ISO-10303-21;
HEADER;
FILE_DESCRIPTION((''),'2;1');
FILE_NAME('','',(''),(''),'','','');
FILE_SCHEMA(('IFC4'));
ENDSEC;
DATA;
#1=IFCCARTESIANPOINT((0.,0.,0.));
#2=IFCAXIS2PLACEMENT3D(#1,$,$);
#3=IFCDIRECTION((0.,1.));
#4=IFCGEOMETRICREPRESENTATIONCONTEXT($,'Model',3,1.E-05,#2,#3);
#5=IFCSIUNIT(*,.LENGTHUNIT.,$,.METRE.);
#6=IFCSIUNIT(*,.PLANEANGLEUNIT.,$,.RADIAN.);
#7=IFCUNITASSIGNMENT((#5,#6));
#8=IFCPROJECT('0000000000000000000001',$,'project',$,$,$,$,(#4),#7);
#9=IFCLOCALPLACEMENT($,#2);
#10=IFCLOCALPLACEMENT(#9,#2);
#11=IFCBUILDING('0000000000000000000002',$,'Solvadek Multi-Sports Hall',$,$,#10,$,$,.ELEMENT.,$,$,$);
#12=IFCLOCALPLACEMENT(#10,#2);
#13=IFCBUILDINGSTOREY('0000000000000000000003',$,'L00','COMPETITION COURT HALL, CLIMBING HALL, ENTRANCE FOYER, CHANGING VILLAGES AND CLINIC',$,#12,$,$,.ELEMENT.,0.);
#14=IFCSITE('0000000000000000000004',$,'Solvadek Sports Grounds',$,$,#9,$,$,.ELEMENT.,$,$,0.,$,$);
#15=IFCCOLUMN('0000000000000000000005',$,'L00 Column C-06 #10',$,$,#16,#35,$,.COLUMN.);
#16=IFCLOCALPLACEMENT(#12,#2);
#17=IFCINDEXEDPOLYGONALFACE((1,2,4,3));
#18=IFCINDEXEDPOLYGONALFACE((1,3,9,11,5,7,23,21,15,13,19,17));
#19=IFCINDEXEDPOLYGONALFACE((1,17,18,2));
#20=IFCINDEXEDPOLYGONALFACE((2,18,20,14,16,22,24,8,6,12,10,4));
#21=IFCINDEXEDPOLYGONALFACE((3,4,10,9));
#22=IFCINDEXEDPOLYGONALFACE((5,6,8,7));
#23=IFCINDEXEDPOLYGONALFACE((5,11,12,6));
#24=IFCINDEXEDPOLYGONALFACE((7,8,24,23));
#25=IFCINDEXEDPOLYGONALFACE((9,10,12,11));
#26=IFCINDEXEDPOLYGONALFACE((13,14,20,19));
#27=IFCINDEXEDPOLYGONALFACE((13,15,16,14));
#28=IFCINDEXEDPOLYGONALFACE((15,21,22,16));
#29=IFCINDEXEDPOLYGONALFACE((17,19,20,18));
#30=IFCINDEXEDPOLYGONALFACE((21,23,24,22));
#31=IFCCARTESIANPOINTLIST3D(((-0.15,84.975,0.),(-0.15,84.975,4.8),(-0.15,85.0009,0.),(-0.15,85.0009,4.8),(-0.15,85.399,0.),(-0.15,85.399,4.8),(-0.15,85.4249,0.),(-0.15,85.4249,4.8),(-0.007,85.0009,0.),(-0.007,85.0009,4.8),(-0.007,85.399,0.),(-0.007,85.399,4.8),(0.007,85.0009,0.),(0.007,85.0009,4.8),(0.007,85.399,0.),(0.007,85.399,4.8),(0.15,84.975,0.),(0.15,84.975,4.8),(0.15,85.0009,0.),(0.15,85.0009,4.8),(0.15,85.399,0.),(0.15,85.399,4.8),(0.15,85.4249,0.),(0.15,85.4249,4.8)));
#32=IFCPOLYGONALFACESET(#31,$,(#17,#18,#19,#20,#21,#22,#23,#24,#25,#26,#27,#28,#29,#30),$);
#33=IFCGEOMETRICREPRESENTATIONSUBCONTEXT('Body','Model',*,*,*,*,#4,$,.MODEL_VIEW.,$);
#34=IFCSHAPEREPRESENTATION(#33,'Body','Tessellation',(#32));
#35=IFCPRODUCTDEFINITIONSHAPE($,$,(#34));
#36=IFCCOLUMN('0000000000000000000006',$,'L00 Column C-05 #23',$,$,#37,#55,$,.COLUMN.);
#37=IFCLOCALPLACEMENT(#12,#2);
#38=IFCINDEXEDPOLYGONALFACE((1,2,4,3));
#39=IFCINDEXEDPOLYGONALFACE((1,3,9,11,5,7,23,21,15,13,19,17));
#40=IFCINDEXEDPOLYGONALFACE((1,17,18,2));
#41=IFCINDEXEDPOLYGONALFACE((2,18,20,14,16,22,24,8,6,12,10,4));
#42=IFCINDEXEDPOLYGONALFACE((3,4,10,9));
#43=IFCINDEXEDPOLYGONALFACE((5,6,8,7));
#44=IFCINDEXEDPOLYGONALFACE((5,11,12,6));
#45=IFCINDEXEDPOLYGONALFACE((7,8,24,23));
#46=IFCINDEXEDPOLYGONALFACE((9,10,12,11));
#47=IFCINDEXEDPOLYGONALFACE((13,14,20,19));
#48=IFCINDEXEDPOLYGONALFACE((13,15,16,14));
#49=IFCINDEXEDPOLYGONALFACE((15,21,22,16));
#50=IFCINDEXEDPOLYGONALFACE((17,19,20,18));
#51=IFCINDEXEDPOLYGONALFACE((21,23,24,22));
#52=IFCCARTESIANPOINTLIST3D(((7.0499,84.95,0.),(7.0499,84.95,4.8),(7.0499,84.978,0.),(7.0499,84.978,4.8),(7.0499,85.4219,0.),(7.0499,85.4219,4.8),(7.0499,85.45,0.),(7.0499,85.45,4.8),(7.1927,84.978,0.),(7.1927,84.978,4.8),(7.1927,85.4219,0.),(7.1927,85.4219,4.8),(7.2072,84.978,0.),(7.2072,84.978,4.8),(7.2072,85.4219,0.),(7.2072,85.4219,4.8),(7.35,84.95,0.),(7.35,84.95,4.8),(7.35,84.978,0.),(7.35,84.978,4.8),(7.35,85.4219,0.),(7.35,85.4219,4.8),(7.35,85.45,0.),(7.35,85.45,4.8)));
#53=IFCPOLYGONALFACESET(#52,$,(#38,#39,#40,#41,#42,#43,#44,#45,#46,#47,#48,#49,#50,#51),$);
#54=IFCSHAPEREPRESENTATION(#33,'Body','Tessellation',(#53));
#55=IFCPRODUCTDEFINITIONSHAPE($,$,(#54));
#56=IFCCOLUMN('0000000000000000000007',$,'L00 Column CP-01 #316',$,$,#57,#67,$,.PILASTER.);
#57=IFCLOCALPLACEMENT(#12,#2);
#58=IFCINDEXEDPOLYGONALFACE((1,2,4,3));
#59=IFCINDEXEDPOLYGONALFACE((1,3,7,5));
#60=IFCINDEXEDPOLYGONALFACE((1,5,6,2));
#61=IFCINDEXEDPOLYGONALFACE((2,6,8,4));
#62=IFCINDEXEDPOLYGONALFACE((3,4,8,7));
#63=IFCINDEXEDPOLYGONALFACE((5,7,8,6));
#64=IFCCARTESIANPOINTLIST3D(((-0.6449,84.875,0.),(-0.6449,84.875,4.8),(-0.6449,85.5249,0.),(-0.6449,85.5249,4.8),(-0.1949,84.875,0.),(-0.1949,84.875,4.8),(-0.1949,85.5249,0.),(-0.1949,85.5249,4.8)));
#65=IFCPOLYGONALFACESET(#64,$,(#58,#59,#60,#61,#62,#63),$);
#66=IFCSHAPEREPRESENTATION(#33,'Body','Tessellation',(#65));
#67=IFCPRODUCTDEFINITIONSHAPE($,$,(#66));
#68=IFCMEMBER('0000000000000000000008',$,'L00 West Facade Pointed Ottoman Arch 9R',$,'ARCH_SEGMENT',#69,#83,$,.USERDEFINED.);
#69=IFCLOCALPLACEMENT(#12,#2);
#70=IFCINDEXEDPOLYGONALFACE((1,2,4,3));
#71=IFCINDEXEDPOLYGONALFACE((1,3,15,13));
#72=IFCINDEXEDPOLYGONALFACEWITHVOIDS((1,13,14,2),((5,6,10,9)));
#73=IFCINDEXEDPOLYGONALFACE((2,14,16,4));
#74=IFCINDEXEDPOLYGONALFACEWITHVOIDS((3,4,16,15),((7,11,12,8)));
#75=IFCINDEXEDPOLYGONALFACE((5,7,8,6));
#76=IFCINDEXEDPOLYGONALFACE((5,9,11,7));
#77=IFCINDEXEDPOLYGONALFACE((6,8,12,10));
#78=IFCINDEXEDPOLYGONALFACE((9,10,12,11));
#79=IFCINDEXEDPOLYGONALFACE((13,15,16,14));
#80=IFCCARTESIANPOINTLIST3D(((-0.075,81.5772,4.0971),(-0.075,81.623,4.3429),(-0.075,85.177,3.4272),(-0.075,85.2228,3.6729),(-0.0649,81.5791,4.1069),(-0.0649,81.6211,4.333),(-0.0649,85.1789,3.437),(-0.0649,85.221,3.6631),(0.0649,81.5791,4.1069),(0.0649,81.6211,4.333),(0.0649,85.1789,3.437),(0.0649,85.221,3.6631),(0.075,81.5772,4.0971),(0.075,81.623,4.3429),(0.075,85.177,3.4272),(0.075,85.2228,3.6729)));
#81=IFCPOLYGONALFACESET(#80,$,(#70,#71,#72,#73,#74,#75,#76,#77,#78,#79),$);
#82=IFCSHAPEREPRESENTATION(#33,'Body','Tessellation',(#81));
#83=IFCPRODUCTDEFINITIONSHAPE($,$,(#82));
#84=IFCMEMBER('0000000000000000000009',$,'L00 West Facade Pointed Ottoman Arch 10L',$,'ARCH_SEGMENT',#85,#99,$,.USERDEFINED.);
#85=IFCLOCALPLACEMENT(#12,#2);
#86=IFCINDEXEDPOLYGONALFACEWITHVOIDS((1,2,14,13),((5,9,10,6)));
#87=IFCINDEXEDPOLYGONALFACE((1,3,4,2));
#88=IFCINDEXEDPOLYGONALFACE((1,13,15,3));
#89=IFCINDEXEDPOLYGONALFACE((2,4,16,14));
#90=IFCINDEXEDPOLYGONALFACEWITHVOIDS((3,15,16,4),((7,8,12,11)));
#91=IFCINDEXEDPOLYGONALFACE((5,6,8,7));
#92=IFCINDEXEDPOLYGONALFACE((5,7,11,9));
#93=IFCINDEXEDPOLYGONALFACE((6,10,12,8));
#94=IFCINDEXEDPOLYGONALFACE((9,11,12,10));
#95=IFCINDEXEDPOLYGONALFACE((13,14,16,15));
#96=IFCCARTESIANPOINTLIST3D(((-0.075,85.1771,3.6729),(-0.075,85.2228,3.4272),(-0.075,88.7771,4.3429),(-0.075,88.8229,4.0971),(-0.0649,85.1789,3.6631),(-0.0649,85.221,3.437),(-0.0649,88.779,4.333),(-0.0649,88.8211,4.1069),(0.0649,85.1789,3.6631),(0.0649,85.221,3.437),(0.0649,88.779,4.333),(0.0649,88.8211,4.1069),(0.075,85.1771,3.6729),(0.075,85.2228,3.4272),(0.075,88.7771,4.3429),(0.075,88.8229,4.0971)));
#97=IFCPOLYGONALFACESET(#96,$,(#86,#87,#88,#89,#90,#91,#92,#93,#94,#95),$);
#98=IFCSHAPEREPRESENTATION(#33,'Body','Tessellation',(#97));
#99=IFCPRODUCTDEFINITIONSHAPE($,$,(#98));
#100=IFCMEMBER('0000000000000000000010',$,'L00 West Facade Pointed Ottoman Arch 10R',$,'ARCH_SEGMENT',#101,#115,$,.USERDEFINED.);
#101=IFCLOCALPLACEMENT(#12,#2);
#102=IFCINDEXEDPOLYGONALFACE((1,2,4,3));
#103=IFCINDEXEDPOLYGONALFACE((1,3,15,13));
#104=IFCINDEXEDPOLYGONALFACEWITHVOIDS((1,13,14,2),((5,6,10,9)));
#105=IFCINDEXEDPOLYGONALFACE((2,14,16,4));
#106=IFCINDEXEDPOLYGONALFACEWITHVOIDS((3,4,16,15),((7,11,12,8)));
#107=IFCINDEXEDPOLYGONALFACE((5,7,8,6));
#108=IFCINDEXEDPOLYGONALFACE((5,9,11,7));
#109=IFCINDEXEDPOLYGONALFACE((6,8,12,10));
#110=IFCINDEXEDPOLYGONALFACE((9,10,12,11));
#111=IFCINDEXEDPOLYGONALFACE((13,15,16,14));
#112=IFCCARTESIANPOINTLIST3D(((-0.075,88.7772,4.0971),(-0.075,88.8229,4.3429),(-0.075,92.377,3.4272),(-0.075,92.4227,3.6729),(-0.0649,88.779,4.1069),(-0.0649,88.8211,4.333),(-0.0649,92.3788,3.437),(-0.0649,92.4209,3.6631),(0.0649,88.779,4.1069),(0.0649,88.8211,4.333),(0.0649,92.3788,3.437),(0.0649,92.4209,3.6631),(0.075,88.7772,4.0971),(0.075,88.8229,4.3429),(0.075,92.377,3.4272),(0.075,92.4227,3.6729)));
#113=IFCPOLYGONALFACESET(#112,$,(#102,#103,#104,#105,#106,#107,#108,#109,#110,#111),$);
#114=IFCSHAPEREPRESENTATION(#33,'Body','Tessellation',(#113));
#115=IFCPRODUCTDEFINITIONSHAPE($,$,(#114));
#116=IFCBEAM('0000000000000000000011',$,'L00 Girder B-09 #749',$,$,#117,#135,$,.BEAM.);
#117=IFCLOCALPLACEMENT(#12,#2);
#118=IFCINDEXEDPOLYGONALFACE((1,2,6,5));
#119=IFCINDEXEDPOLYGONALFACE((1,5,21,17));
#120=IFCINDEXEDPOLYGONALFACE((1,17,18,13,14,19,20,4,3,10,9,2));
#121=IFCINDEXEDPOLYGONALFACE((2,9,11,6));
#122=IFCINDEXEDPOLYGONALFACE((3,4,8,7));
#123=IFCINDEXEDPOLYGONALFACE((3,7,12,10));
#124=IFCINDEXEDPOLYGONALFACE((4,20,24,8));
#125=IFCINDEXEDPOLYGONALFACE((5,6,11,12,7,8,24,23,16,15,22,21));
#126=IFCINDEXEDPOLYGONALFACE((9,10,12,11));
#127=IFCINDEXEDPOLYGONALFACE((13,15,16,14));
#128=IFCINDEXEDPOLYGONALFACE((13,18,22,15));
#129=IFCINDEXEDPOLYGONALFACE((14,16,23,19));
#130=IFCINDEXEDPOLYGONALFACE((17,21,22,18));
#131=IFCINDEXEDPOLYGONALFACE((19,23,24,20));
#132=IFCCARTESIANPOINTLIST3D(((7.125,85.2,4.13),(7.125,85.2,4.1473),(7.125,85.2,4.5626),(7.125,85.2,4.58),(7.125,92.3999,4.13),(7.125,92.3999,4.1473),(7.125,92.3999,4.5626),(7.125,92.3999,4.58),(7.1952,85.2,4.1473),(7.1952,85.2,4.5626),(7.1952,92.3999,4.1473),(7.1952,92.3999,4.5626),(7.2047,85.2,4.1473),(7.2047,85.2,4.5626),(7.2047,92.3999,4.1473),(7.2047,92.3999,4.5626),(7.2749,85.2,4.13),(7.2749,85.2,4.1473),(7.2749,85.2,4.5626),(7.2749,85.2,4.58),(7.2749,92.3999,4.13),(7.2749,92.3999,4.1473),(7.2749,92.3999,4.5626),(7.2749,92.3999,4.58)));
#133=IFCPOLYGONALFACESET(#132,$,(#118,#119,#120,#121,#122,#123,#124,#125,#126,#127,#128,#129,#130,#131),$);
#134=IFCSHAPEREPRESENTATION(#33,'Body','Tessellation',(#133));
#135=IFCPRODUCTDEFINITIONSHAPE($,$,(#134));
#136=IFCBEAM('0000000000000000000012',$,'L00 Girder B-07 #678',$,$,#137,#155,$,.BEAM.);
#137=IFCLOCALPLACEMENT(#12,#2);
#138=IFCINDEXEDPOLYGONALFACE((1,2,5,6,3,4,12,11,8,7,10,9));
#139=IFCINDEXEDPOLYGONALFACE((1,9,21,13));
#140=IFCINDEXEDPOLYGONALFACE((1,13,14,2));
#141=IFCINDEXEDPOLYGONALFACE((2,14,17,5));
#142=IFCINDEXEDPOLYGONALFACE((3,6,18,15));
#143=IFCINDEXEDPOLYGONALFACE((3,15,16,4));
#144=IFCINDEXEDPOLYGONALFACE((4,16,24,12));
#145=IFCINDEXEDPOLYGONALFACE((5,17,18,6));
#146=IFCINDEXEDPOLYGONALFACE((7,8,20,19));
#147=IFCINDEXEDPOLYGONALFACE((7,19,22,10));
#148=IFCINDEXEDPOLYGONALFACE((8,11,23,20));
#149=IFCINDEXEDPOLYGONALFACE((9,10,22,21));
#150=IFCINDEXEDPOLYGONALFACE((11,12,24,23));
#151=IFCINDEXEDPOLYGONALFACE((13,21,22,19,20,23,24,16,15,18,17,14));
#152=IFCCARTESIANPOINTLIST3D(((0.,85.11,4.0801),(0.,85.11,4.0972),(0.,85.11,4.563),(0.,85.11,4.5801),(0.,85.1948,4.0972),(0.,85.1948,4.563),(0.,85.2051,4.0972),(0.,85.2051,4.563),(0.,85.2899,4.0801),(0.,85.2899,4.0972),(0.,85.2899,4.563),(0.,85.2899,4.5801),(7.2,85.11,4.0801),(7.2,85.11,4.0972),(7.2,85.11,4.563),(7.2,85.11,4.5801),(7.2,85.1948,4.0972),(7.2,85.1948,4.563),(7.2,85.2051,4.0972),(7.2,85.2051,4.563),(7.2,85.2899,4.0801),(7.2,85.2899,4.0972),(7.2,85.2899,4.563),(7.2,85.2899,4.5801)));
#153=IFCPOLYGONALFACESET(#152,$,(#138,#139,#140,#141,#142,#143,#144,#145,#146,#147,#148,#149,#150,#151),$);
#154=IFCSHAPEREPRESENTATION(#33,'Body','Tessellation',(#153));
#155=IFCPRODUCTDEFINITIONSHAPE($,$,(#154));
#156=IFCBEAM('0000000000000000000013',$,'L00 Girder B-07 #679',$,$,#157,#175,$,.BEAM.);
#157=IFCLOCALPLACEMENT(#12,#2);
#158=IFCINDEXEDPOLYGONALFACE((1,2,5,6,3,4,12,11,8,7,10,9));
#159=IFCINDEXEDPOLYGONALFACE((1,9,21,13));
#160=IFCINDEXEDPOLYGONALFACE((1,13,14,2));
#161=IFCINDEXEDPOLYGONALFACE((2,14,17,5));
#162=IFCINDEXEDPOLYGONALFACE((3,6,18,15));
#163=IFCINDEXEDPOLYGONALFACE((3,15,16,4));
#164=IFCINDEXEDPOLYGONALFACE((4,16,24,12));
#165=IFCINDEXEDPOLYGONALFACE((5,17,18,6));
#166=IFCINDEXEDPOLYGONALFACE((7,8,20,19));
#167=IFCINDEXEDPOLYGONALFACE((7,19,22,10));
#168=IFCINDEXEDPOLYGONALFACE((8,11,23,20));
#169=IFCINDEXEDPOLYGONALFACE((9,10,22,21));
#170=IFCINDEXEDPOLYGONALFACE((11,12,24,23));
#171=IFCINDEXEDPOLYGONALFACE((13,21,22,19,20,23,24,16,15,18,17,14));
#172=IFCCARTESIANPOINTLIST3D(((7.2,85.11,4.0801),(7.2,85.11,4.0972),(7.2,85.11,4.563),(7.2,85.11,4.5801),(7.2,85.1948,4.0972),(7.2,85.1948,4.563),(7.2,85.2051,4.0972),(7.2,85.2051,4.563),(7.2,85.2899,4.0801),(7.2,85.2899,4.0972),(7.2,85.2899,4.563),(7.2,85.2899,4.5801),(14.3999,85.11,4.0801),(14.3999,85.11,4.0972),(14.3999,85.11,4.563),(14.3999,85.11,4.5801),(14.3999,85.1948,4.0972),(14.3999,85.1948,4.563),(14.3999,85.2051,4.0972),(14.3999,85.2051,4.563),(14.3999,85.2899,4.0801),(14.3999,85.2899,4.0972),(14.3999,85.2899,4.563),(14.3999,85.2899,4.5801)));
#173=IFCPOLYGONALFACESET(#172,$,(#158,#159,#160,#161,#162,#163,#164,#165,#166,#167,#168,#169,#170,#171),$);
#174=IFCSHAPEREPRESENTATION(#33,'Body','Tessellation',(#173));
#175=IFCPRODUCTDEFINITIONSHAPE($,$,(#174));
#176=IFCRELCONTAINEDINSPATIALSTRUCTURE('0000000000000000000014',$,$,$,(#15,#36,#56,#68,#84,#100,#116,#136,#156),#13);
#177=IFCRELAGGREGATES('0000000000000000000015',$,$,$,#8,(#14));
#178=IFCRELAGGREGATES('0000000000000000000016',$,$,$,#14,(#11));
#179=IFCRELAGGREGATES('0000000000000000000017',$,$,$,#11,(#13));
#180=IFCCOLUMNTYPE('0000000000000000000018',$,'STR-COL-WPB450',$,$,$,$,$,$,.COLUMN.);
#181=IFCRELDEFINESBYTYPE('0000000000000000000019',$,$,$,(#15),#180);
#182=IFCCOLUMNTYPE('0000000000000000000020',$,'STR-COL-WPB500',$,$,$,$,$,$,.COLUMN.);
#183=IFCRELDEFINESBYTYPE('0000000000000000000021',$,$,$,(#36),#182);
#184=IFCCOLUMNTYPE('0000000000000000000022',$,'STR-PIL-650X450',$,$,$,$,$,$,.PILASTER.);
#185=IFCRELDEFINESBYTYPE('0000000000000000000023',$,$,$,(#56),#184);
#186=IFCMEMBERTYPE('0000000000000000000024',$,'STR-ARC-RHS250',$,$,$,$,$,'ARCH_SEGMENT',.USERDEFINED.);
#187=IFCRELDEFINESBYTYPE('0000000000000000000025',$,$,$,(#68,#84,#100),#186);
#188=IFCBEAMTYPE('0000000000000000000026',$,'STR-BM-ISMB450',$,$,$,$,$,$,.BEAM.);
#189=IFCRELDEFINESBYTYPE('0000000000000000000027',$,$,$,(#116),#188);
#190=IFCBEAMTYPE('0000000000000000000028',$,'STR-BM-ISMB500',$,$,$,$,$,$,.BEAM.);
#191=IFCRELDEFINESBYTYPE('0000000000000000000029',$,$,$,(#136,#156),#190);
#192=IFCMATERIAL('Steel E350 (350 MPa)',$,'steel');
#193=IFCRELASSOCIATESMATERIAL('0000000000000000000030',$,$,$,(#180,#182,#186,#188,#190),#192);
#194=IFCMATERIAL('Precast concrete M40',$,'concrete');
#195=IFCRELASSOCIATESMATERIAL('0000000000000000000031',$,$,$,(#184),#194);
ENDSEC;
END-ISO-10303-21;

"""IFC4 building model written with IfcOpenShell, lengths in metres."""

from ifc_helpers import new_model, si_unit, direction, frame, origin, origin_2d, place, context, subcontext, project, spatial, rectangle, hollow_rectangle, i_section, extrude, material, material_profile, profile_set, type_object, element, save


model = new_model("IFC4")

# Units and contexts
model_context = context("Model", 3, precision=1e-05, world=origin(), true_north=direction((0.0, 1.0)))
body_context = subcontext(model_context, "Body", "Model", "MODEL_VIEW")
ifc_project = project(units=[si_unit("LENGTHUNIT", "METRE"), si_unit("PLANEANGLEUNIT", "RADIAN")], contexts=[model_context])

# Site, building, storey
site_placement = place(None, origin())
site = spatial("IfcSite", under=ifc_project, at=site_placement, Name="Solvadek Sports Grounds", CompositionType="ELEMENT", RefElevation=0.0)
building_placement = place(site_placement, origin())
building = spatial("IfcBuilding", under=site, at=building_placement, Name="Solvadek Multi-Sports Hall", CompositionType="ELEMENT")
storey_placement = place(building_placement, origin())
storey = spatial("IfcBuildingStorey", under=building, at=storey_placement, Name="L00", Description="COMPETITION COURT HALL, CLIMBING HALL, ENTRANCE FOYER, CHANGING VILLAGES AND CLINIC", CompositionType="ELEMENT", Elevation=0.0)

# Columns
ifc_material_1 = material(Name="Steel E350 (350 MPa)", Category="steel")
ifc_material_profile_1 = material_profile(ifc_material_1, i_section(OverallWidth=0.3, OverallDepth=0.45, WebThickness=0.0139, FlangeThickness=0.0259, at=origin_2d()), Name="WPB 450")
ifc_profile_set_1 = profile_set([ifc_material_profile_1], Name="Steel E350 (350 MPa)")
column_type_1 = type_object("IfcColumnType", Name="STR-COL-WPB450", PredefinedType="COLUMN", material=ifc_profile_set_1)
column_1_placement = place(storey_placement, frame((0.0, 85.2, 0.0), z_axis=(0.0, 0.0, 1.0), x_axis=(1.0, 0.0, 0.0)))
element("IfcColumn", 1, at=column_1_placement, inside=storey, type_object=column_type_1, Name="L00 Column C-06 #10", PredefinedType="COLUMN", context=body_context, shape_type="SweptSolid", body=[
    extrude(i_section(OverallWidth=0.3, OverallDepth=0.45, WebThickness=0.0139, FlangeThickness=0.0259, at=origin_2d()), origin(), (0.0, 0.0, 1.0), 4.8),
])
ifc_material_profile_2 = material_profile(ifc_material_1, i_section(OverallWidth=0.3, OverallDepth=0.5, WebThickness=0.0144, FlangeThickness=0.0281, at=origin_2d()), Name="WPB 500")
ifc_profile_set_2 = profile_set([ifc_material_profile_2], Name="Steel E350 (350 MPa)")
column_type_2 = type_object("IfcColumnType", Name="STR-COL-WPB500", PredefinedType="COLUMN", material=ifc_profile_set_2)
column_2_placement = place(storey_placement, frame((7.2, 85.2, 0.0), z_axis=(0.0, 0.0, 1.0), x_axis=(1.0, 0.0, 0.0)))
element("IfcColumn", 2, at=column_2_placement, inside=storey, type_object=column_type_2, Name="L00 Column C-05 #23", PredefinedType="COLUMN", context=body_context, shape_type="SweptSolid", body=[
    extrude(i_section(OverallWidth=0.3, OverallDepth=0.5, WebThickness=0.0144, FlangeThickness=0.0281, at=origin_2d()), origin(), (0.0, 0.0, 1.0), 4.8),
])
ifc_material_2 = material(Name="Precast concrete M40", Category="concrete")
ifc_material_profile_3 = material_profile(ifc_material_2, rectangle(XDim=0.45, YDim=0.6499, at=origin_2d()), Name="RC PILASTER 650x450")
ifc_profile_set_3 = profile_set([ifc_material_profile_3], Name="Precast concrete M40")
column_type_3 = type_object("IfcColumnType", Name="STR-PIL-650X450", PredefinedType="PILASTER", material=ifc_profile_set_3)
column_3_placement = place(storey_placement, frame((-0.4199, 85.2, 0.0), z_axis=(0.0, 0.0, 1.0), x_axis=(1.0, 0.0, 0.0)))
element("IfcColumn", 3, at=column_3_placement, inside=storey, type_object=column_type_3, Name="L00 Column CP-01 #316", PredefinedType="PILASTER", context=body_context, shape_type="SweptSolid", body=[
    extrude(rectangle(XDim=0.45, YDim=0.6499, at=origin_2d()), origin(), (0.0, 0.0, 1.0), 4.8),
])

# Members
ifc_material_profile_4 = material_profile(ifc_material_1, hollow_rectangle(XDim=0.1499, YDim=0.25, WallThickness=0.01, at=origin_2d()), Name="RHS 250x150x10")
ifc_profile_set_4 = profile_set([ifc_material_profile_4], Name="Steel E350 (350 MPa)")
member_type = type_object("IfcMemberType", Name="STR-ARC-RHS250", ElementType="ARCH_SEGMENT", PredefinedType="USERDEFINED", material=ifc_profile_set_4)
member_1_placement = place(storey_placement, frame((0.0, 81.6001, 4.22), z_axis=(0.0, 0.983121, -0.182956), x_axis=(-1.0, 0.0, 0.0)))
element("IfcMember", 4, at=member_1_placement, inside=storey, type_object=member_type, Name="L00 West Facade Pointed Ottoman Arch 9R", ObjectType="ARCH_SEGMENT", PredefinedType="USERDEFINED", context=body_context, shape_type="SweptSolid", body=[
    extrude(hollow_rectangle(XDim=0.1499, YDim=0.25, WallThickness=0.01, at=origin_2d()), origin(), (0.0, 0.0, 1.0), 3.6616),
])
member_2_placement = place(storey_placement, frame((0.0, 85.2, 3.55), z_axis=(0.0, 0.983123, 0.182944), x_axis=(-1.0, 0.0, 0.0)))
element("IfcMember", 5, at=member_2_placement, inside=storey, type_object=member_type, Name="L00 West Facade Pointed Ottoman Arch 10L", ObjectType="ARCH_SEGMENT", PredefinedType="USERDEFINED", context=body_context, shape_type="SweptSolid", body=[
    extrude(hollow_rectangle(XDim=0.1499, YDim=0.25, WallThickness=0.01, at=origin_2d()), origin(), (0.0, 0.0, 1.0), 3.6619),
])
member_3_placement = place(storey_placement, frame((0.0, 88.8, 4.22), z_axis=(0.0, 0.983121, -0.182956), x_axis=(-1.0, 0.0, 0.0)))
element("IfcMember", 6, at=member_3_placement, inside=storey, type_object=member_type, Name="L00 West Facade Pointed Ottoman Arch 10R", ObjectType="ARCH_SEGMENT", PredefinedType="USERDEFINED", context=body_context, shape_type="SweptSolid", body=[
    extrude(hollow_rectangle(XDim=0.1499, YDim=0.25, WallThickness=0.01, at=origin_2d()), origin(), (0.0, 0.0, 1.0), 3.6616),
])

# Beams
ifc_material_profile_5 = material_profile(ifc_material_1, i_section(OverallWidth=0.1499, OverallDepth=0.45, WebThickness=0.0095, FlangeThickness=0.0173, at=origin_2d()), Name="ISMB 450")
ifc_profile_set_5 = profile_set([ifc_material_profile_5], Name="Steel E350 (350 MPa)")
beam_type_1 = type_object("IfcBeamType", Name="STR-BM-ISMB450", PredefinedType="BEAM", material=ifc_profile_set_5)
beam_1_placement = place(storey_placement, frame((7.2, 85.2, 4.355), z_axis=(0.0, 1.0, 0.0), x_axis=(-1.0, 0.0, 0.0)))
element("IfcBeam", 7, at=beam_1_placement, inside=storey, type_object=beam_type_1, Name="L00 Girder B-09 #749", PredefinedType="BEAM", context=body_context, shape_type="SweptSolid", body=[
    extrude(i_section(OverallWidth=0.1499, OverallDepth=0.45, WebThickness=0.0095, FlangeThickness=0.0173, at=origin_2d()), origin(), (0.0, 0.0, 1.0), 7.2),
])
ifc_material_profile_6 = material_profile(ifc_material_1, i_section(OverallWidth=0.1799, OverallDepth=0.5, WebThickness=0.0103, FlangeThickness=0.0171, at=origin_2d()), Name="ISMB 500")
ifc_profile_set_6 = profile_set([ifc_material_profile_6], Name="Steel E350 (350 MPa)")
beam_type_2 = type_object("IfcBeamType", Name="STR-BM-ISMB500", PredefinedType="BEAM", material=ifc_profile_set_6)
for number, where, z_axis, x_axis, name in (
    (8, (0.0, 85.2, 4.3301), (1.0, 0.0, 0.0), (0.0, 1.0, 0.0), "L00 Girder B-07 #678"),
    (9, (7.2, 85.2, 4.3301), (1.0, 0.0, 0.0), (0.0, 1.0, 0.0), "L00 Girder B-07 #679"),
):
    element("IfcBeam", number, at=place(storey_placement, frame(where, z_axis=z_axis, x_axis=x_axis)), inside=storey, type_object=beam_type_2, Name=name, PredefinedType="BEAM", context=body_context, shape_type="SweptSolid", body=[
        extrude(i_section(OverallWidth=0.1799, OverallDepth=0.5, WebThickness=0.0103, FlangeThickness=0.0171, at=origin_2d()), origin(), (0.0, 0.0, 1.0), 7.2),
    ])

save(model, "model.ifc")
